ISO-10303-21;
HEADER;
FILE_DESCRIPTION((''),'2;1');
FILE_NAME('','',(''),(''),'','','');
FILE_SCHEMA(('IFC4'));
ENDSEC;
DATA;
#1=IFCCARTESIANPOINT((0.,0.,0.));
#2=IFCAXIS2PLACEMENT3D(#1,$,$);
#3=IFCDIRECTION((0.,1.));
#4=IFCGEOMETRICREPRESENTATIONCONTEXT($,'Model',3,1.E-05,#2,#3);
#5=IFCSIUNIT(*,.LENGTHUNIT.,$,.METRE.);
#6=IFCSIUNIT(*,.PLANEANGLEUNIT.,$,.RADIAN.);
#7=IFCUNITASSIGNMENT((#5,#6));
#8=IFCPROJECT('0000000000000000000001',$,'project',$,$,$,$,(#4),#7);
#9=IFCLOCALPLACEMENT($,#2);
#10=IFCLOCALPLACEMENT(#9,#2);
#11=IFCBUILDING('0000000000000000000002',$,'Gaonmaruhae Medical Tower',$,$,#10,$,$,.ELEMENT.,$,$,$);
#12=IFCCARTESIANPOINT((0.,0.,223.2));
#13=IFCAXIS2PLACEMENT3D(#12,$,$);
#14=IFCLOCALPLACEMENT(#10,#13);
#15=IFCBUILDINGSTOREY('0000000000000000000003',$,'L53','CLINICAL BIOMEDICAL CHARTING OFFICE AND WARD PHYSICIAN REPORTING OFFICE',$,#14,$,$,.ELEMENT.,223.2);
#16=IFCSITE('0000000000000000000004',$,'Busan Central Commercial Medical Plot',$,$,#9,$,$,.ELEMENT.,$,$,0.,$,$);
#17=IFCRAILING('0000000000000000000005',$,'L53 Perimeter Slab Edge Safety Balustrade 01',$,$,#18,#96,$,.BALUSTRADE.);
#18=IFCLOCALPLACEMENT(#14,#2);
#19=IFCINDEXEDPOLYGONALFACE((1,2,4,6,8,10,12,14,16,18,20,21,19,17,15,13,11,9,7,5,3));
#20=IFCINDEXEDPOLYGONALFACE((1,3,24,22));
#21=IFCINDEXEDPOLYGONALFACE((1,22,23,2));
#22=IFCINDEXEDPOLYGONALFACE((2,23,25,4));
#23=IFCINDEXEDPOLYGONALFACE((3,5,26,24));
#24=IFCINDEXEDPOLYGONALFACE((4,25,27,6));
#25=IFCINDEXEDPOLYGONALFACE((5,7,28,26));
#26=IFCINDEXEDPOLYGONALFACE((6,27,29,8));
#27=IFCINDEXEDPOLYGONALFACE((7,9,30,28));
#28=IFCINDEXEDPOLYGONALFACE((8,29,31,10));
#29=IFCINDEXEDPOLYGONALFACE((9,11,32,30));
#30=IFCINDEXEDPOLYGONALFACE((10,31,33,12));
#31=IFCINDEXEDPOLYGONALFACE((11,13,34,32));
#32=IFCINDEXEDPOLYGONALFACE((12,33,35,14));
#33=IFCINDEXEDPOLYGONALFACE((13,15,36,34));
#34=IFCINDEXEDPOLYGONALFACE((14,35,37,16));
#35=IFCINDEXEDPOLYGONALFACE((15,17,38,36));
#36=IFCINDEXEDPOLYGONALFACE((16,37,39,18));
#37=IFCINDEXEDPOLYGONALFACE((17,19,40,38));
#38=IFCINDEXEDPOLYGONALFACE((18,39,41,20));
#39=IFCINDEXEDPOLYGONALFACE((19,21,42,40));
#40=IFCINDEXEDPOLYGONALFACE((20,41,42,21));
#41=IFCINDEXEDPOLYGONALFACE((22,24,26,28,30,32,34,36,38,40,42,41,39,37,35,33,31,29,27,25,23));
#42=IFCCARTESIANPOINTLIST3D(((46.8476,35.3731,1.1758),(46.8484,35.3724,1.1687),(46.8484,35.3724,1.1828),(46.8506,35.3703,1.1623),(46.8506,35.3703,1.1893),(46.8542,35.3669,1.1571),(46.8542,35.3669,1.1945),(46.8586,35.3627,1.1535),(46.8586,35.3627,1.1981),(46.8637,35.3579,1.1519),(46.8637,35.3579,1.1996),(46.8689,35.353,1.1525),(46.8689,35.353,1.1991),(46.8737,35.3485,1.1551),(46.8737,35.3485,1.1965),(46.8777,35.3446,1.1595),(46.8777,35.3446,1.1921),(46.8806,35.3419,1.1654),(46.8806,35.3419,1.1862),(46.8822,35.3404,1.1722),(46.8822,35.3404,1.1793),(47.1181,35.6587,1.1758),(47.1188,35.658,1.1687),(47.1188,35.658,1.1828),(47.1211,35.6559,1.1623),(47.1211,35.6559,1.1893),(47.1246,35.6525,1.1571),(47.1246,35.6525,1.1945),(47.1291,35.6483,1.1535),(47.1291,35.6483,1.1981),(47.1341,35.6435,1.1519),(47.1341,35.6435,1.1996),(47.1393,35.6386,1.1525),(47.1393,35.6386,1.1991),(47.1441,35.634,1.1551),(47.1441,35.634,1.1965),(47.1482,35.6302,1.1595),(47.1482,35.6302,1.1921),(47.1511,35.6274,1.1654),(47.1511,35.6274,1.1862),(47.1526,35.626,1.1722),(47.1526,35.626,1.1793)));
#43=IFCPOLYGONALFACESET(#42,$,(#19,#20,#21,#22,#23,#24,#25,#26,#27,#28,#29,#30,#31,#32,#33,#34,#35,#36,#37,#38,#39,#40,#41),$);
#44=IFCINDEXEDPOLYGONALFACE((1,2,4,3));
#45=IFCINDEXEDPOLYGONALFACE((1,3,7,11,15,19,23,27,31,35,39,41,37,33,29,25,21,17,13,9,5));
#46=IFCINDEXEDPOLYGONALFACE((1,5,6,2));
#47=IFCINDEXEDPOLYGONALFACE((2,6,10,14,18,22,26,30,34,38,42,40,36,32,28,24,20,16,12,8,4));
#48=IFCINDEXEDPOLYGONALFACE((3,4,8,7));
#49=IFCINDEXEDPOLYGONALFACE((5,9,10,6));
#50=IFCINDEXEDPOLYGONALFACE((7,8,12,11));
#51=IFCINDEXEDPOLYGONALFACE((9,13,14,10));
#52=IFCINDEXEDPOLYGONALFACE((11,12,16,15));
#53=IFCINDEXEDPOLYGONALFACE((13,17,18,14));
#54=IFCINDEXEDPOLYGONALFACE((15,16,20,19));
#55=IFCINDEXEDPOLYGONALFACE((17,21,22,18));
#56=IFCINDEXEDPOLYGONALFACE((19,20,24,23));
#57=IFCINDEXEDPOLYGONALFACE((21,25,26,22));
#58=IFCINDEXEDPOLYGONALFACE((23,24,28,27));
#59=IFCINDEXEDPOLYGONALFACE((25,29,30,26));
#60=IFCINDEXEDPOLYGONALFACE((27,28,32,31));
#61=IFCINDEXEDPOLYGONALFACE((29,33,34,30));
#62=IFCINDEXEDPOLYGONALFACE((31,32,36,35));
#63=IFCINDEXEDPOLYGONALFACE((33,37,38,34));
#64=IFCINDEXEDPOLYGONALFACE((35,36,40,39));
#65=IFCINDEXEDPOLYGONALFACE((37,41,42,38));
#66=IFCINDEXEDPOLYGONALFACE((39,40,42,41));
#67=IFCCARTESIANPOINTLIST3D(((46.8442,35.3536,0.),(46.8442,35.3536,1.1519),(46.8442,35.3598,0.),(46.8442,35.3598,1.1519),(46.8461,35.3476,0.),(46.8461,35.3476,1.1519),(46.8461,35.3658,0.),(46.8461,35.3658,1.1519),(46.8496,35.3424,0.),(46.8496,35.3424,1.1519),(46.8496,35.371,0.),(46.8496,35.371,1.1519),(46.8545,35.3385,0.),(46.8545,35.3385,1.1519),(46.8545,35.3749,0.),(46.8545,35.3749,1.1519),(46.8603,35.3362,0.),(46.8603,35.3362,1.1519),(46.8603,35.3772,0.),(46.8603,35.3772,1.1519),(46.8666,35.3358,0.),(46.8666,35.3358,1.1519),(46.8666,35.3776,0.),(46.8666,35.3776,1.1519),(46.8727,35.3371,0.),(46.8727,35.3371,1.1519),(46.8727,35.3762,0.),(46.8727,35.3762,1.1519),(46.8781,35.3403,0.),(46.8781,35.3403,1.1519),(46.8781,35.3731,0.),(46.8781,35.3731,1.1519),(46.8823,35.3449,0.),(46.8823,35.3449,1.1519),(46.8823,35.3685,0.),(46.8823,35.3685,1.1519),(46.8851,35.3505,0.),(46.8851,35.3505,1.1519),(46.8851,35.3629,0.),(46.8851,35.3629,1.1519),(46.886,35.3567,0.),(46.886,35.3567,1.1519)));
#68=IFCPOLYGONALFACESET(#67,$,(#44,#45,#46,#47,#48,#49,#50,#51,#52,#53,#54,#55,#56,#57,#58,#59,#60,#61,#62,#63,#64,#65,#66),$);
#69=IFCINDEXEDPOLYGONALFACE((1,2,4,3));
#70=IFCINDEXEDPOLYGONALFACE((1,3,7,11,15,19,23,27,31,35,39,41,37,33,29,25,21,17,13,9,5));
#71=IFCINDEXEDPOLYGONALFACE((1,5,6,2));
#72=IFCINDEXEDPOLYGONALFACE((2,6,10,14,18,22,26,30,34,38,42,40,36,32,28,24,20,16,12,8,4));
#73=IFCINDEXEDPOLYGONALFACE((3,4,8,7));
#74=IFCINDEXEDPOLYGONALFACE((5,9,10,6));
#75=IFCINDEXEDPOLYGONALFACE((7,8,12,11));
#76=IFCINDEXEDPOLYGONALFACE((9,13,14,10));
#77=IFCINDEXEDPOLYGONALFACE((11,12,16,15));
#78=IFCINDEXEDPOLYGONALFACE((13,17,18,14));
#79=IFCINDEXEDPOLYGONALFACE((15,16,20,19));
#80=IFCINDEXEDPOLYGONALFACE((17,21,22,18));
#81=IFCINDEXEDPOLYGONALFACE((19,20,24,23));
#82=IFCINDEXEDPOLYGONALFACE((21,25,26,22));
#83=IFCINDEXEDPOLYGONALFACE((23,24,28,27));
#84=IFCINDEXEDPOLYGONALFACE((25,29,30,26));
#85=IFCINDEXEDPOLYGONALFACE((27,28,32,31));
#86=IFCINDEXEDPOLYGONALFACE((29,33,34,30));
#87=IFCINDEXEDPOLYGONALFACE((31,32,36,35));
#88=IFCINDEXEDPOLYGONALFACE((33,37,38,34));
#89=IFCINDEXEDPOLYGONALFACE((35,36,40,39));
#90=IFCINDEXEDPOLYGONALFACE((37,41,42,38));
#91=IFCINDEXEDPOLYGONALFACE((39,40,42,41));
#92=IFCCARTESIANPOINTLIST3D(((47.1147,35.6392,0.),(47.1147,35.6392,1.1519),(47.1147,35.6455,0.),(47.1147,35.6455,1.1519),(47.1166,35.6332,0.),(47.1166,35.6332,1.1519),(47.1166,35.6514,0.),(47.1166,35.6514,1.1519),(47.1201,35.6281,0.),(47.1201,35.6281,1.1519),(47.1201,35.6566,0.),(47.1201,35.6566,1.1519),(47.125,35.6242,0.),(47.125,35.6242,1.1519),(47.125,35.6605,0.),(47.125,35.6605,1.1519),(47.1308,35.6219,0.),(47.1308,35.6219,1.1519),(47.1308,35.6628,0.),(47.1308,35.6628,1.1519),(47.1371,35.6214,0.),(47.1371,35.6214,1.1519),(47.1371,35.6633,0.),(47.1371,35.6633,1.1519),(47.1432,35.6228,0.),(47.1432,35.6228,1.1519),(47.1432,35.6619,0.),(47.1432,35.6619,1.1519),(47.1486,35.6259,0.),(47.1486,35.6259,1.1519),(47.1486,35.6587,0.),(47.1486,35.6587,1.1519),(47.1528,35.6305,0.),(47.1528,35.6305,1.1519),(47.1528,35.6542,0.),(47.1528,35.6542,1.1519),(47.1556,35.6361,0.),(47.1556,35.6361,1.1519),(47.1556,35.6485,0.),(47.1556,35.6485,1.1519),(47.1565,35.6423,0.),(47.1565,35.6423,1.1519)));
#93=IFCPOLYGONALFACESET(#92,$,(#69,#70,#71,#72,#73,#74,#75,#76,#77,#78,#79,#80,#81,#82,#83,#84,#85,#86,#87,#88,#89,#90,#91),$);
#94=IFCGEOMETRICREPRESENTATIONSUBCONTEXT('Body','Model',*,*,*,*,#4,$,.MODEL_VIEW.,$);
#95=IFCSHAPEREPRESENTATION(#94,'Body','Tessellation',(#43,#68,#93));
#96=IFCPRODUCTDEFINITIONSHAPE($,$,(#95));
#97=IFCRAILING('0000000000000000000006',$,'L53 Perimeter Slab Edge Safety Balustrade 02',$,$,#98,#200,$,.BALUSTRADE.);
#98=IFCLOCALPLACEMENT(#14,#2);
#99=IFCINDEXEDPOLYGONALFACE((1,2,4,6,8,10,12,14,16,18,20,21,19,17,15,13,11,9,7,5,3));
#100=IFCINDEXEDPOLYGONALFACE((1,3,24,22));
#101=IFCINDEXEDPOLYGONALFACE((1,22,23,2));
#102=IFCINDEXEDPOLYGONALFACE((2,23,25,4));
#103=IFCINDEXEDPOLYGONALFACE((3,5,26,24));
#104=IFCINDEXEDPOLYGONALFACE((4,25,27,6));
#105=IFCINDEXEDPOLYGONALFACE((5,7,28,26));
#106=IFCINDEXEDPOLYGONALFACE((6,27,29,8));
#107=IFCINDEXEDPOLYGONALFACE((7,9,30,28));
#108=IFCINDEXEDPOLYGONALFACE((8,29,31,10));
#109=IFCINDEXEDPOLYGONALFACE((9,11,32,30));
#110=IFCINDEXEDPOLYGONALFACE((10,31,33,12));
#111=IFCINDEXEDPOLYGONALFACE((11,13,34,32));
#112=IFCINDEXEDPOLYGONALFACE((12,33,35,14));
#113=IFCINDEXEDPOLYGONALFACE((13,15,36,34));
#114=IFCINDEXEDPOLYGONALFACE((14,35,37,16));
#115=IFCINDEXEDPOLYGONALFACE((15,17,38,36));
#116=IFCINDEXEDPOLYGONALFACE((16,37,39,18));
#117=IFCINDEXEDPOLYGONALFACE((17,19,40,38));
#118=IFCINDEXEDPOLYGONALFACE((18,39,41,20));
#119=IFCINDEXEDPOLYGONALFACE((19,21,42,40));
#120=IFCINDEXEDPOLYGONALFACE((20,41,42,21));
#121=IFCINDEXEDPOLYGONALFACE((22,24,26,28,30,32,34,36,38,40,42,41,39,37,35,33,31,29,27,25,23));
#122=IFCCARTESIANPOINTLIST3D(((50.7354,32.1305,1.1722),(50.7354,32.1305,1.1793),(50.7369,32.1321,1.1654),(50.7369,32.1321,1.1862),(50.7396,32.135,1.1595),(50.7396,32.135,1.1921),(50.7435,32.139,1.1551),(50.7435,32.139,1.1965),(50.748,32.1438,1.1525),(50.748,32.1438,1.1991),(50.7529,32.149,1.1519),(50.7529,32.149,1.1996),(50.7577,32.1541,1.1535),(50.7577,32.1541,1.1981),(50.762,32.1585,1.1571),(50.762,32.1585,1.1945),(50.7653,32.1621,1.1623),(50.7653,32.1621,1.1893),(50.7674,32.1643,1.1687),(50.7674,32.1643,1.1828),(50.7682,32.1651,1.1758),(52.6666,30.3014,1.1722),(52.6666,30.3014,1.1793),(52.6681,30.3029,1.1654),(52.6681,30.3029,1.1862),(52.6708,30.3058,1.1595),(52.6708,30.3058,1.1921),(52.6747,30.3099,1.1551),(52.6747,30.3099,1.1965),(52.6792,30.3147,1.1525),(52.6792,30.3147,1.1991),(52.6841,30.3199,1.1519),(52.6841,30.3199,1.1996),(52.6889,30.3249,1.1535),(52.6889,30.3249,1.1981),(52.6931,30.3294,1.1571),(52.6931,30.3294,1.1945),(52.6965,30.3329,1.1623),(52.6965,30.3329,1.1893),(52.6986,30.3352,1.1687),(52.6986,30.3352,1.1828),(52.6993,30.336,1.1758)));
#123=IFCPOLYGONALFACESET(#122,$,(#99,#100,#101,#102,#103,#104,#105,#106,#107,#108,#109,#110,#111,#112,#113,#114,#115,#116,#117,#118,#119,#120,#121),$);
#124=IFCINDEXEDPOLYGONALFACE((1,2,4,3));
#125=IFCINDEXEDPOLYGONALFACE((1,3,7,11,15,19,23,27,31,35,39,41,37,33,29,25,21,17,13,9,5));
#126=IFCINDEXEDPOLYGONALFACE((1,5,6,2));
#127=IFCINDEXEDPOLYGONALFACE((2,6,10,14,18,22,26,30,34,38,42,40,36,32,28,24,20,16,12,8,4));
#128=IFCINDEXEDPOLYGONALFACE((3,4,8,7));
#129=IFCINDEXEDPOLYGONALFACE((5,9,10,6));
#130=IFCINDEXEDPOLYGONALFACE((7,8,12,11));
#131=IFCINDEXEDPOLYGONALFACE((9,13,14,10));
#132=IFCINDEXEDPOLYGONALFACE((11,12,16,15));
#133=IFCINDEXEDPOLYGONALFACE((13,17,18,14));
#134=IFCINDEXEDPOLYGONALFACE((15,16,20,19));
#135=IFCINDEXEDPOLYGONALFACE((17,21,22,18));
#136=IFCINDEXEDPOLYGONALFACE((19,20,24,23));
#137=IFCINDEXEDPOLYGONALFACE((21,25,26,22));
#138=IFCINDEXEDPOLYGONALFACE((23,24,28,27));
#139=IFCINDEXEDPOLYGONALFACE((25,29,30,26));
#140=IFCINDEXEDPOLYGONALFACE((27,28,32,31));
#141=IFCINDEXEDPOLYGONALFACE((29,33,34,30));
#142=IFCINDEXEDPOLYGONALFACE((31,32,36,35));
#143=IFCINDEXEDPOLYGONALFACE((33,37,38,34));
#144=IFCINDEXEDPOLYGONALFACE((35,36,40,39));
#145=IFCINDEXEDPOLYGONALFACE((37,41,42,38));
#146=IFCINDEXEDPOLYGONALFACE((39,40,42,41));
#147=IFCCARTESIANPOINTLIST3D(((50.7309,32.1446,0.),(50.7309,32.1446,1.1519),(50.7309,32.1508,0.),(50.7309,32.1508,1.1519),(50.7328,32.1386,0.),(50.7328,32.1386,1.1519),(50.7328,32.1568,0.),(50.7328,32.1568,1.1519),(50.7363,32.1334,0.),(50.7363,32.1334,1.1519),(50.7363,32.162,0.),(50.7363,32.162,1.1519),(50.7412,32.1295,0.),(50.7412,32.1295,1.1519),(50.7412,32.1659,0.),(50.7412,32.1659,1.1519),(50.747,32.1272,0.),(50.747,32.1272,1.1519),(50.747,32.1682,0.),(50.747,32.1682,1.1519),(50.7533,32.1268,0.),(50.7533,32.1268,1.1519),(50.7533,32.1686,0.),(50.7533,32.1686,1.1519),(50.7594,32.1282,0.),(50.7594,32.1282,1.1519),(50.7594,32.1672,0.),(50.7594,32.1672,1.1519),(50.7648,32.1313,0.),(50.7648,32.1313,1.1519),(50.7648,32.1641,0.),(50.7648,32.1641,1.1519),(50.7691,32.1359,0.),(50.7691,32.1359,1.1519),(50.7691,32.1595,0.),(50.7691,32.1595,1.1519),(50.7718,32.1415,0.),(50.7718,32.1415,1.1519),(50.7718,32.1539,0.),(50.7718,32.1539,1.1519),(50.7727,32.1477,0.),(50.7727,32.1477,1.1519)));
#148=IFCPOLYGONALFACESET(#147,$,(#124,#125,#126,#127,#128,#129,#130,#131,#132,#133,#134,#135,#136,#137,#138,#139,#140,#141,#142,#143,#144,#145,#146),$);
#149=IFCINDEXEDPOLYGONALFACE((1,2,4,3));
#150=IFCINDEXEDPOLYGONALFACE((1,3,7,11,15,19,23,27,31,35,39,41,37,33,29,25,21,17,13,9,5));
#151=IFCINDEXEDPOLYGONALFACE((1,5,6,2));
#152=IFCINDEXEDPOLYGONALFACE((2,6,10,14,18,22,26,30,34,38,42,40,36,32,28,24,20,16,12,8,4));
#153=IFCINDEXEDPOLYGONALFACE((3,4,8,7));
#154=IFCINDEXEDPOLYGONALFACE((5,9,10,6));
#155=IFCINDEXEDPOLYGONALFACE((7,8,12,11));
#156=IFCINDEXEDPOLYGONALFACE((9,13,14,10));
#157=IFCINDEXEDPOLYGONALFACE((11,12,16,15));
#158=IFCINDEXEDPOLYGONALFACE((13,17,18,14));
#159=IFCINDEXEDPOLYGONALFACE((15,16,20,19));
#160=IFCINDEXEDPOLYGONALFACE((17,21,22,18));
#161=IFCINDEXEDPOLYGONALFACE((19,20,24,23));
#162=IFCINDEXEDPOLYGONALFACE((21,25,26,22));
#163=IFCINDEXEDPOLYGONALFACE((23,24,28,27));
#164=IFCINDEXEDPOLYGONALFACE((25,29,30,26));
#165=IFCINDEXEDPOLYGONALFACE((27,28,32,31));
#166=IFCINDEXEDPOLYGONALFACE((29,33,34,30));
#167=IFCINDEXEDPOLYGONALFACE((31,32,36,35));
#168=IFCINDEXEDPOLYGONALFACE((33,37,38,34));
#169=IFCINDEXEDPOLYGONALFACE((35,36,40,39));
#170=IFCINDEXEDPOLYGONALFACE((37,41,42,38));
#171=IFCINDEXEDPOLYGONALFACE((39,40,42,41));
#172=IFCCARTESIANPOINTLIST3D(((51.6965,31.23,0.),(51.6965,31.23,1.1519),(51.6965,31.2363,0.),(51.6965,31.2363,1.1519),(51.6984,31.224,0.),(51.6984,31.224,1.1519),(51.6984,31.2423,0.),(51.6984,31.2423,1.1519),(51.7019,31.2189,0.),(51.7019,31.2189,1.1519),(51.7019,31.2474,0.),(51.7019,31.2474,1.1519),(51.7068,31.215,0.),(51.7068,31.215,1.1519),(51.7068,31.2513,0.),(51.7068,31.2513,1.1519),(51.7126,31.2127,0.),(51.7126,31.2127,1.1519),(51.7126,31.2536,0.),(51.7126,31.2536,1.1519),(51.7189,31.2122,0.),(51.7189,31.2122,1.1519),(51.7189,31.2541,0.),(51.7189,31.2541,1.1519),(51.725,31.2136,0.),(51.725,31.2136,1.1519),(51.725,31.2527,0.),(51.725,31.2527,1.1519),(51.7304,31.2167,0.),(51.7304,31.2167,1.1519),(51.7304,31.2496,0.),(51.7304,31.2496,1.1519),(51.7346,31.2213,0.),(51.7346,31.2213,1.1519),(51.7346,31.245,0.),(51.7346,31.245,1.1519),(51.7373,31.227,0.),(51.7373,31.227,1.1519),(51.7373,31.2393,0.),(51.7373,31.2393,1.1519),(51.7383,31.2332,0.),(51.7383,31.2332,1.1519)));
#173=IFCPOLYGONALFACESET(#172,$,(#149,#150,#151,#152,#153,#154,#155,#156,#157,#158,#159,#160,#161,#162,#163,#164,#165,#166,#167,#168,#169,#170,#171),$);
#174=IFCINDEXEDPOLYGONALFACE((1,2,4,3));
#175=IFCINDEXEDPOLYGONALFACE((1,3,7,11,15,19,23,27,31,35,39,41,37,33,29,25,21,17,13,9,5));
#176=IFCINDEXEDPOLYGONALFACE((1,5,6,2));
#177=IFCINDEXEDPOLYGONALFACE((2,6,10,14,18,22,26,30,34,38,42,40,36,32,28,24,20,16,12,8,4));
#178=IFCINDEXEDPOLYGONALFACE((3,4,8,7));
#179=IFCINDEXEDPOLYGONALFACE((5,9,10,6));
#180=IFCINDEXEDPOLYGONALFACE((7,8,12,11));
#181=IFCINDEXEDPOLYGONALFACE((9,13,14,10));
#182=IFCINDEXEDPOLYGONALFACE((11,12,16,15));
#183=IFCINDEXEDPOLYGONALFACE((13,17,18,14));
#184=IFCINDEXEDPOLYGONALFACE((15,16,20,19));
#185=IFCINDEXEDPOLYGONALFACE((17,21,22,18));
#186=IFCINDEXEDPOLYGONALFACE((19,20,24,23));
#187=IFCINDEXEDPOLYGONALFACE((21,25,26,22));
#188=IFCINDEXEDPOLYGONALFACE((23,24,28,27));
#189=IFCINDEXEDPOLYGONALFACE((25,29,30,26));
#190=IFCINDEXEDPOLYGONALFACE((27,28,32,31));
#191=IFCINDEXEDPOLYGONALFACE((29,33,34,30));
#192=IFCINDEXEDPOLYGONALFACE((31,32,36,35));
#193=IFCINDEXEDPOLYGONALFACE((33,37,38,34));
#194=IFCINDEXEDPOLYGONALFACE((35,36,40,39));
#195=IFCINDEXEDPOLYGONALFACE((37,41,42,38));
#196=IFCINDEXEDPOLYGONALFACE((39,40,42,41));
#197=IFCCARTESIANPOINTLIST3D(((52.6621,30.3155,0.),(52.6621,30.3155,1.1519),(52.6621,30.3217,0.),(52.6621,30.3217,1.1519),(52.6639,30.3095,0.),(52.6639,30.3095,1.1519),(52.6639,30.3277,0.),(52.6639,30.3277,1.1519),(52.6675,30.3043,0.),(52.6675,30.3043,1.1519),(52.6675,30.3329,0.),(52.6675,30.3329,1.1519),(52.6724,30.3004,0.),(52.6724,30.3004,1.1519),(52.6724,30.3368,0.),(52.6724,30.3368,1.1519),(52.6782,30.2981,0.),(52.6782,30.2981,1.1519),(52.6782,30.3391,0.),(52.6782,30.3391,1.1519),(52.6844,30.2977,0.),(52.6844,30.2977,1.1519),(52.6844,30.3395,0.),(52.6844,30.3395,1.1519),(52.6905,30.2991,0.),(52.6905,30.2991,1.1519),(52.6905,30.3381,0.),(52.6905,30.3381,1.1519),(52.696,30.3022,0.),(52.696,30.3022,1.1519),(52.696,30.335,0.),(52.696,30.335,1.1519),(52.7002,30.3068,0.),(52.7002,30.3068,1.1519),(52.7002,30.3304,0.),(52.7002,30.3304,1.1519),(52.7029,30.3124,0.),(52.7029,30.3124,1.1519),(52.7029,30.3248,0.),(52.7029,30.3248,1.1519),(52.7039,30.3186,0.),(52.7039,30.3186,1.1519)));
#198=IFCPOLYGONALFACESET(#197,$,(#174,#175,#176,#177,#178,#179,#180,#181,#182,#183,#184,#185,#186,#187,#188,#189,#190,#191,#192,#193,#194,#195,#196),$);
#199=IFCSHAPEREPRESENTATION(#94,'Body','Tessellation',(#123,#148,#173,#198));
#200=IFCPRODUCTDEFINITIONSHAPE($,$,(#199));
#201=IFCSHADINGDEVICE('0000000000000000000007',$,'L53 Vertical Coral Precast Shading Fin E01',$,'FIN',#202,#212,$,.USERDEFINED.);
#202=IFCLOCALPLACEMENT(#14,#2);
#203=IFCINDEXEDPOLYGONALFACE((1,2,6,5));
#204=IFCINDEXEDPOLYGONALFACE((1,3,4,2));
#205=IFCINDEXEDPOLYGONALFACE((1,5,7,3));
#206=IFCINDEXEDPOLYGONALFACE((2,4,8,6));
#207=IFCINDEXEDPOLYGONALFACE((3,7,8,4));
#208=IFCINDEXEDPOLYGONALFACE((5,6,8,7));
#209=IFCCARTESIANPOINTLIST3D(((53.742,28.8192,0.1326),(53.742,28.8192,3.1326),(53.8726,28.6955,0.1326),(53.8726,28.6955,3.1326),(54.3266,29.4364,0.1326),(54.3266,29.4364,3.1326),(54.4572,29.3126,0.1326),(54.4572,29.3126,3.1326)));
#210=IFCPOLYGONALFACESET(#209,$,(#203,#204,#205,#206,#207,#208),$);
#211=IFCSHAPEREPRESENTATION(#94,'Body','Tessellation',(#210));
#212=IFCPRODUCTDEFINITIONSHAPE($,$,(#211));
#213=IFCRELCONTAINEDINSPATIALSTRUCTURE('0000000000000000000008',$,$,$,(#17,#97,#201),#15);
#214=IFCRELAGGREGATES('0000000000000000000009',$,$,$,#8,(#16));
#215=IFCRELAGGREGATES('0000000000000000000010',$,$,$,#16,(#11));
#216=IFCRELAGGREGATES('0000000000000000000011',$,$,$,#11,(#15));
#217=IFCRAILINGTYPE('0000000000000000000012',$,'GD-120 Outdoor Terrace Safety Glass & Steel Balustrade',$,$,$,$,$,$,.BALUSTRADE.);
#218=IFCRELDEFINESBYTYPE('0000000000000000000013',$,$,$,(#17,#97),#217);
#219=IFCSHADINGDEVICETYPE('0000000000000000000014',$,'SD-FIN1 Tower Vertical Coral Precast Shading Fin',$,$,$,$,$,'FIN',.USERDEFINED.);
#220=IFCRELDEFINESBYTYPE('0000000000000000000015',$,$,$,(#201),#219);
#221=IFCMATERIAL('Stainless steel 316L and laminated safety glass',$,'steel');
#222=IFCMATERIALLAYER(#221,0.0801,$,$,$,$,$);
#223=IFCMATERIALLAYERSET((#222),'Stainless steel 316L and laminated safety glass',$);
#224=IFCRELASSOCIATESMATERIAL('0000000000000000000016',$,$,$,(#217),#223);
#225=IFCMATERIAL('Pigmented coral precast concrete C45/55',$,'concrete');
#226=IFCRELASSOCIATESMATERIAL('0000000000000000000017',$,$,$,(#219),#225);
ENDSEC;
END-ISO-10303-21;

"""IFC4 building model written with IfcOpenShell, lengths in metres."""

from ifc_helpers import new_model, si_unit, direction, frame, origin, origin_2d, place, context, subcontext, project, spatial, rectangle, circle, extrude, material, layer, layer_set, type_object, element, save


model = new_model("IFC4")

# Units and contexts
model_context = context("Model", 3, precision=1e-05, world=origin(), true_north=direction((0.0, 1.0)))
body_context = subcontext(model_context, "Body", "Model", "MODEL_VIEW")
ifc_project = project(units=[si_unit("LENGTHUNIT", "METRE"), si_unit("PLANEANGLEUNIT", "RADIAN")], contexts=[model_context])

# Site, building, storey
site_placement = place(None, origin())
site = spatial("IfcSite", under=ifc_project, at=site_placement, Name="Busan Central Commercial Medical Plot", CompositionType="ELEMENT", RefElevation=0.0)
building_placement = place(site_placement, origin())
building = spatial("IfcBuilding", under=site, at=building_placement, Name="Gaonmaruhae Medical Tower", CompositionType="ELEMENT")
storey_placement = place(building_placement, frame((0.0, 0.0, 223.2)))
storey = spatial("IfcBuildingStorey", under=building, at=storey_placement, Name="L53", Description="CLINICAL BIOMEDICAL CHARTING OFFICE AND WARD PHYSICIAN REPORTING OFFICE", CompositionType="ELEMENT", Elevation=223.2)

# Railings
ifc_material_1 = material(Name="Stainless steel 316L and laminated safety glass", Category="steel")
ifc_layer_1 = layer(ifc_material_1, 0.0801)
ifc_layer_set_1 = layer_set([ifc_layer_1], Name="Stainless steel 316L and laminated safety glass")
railing_type = type_object("IfcRailingType", Name="GD-120 Outdoor Terrace Safety Glass & Steel Balustrade", PredefinedType="BALUSTRADE", material=ifc_layer_set_1)
railing_1_placement = place(storey_placement, frame((46.865, 35.3567, 0.0)))
element("IfcRailing", 1, at=railing_1_placement, inside=storey, type_object=railing_type, Name="L53 Perimeter Slab Edge Safety Balustrade 01", PredefinedType="BALUSTRADE", context=body_context, shape_type="SweptSolid", body=[
    extrude(circle(Radius=0.0239, at=origin_2d()), frame((0.0, 0.0, 1.1758), z_axis=(0.687607, 0.726083, 0.0), x_axis=(-0.726083, 0.687607, 0.0)), (0.0, 0.0, 1.0), 0.3933),
    extrude(circle(Radius=0.021, at=origin_2d()), origin(), (0.0, 0.0, 1.0), 1.1519),
    extrude(circle(Radius=0.021, at=origin_2d()), frame((0.2705, 0.2856, 0.0)), (0.0, 0.0, 1.0), 1.1519),
])
railing_2_placement = place(storey_placement, frame((50.7517, 32.1477, 0.0)))
element("IfcRailing", 2, at=railing_2_placement, inside=storey, type_object=railing_type, Name="L53 Perimeter Slab Edge Safety Balustrade 02", PredefinedType="BALUSTRADE", context=body_context, shape_type="SweptSolid", body=[
    extrude(circle(Radius=0.0239, at=origin_2d()), frame((0.0, 0.0, 1.1758), z_axis=(0.72603, -0.687663, 0.0), x_axis=(0.687663, 0.72603, 0.0)), (0.0, 0.0, 1.0), 2.6599),
    extrude(circle(Radius=0.021, at=origin_2d()), origin(), (0.0, 0.0, 1.0), 1.1519),
    extrude(circle(Radius=0.021, at=origin_2d()), frame((0.9656, -0.9146, 0.0)), (0.0, 0.0, 1.0), 1.1519),
    extrude(circle(Radius=0.021, at=origin_2d()), frame((1.9312, -1.8291, 0.0)), (0.0, 0.0, 1.0), 1.1519),
])

# Shading device
ifc_material_2 = material(Name="Pigmented coral precast concrete C45/55", Category="concrete")
shading_device_type = type_object("IfcShadingDeviceType", Name="SD-FIN1 Tower Vertical Coral Precast Shading Fin", ElementType="FIN", PredefinedType="USERDEFINED", material=ifc_material_2)
shading_device_placement = place(storey_placement, frame((54.0996, 29.0659, 0.1326), z_axis=(0.0, 0.0, 1.0), x_axis=(0.725975, -0.687721, 0.0)))
element("IfcShadingDevice", 3, at=shading_device_placement, inside=storey, type_object=shading_device_type, Name="L53 Vertical Coral Precast Shading Fin E01", ObjectType="FIN", PredefinedType="USERDEFINED", context=body_context, shape_type="SweptSolid", body=[
    extrude(rectangle(XDim=0.1799, YDim=0.8501, at=origin_2d()), origin(), (0.0, 0.0, 1.0), 3.0),
])

save(model, "model.ifc")
